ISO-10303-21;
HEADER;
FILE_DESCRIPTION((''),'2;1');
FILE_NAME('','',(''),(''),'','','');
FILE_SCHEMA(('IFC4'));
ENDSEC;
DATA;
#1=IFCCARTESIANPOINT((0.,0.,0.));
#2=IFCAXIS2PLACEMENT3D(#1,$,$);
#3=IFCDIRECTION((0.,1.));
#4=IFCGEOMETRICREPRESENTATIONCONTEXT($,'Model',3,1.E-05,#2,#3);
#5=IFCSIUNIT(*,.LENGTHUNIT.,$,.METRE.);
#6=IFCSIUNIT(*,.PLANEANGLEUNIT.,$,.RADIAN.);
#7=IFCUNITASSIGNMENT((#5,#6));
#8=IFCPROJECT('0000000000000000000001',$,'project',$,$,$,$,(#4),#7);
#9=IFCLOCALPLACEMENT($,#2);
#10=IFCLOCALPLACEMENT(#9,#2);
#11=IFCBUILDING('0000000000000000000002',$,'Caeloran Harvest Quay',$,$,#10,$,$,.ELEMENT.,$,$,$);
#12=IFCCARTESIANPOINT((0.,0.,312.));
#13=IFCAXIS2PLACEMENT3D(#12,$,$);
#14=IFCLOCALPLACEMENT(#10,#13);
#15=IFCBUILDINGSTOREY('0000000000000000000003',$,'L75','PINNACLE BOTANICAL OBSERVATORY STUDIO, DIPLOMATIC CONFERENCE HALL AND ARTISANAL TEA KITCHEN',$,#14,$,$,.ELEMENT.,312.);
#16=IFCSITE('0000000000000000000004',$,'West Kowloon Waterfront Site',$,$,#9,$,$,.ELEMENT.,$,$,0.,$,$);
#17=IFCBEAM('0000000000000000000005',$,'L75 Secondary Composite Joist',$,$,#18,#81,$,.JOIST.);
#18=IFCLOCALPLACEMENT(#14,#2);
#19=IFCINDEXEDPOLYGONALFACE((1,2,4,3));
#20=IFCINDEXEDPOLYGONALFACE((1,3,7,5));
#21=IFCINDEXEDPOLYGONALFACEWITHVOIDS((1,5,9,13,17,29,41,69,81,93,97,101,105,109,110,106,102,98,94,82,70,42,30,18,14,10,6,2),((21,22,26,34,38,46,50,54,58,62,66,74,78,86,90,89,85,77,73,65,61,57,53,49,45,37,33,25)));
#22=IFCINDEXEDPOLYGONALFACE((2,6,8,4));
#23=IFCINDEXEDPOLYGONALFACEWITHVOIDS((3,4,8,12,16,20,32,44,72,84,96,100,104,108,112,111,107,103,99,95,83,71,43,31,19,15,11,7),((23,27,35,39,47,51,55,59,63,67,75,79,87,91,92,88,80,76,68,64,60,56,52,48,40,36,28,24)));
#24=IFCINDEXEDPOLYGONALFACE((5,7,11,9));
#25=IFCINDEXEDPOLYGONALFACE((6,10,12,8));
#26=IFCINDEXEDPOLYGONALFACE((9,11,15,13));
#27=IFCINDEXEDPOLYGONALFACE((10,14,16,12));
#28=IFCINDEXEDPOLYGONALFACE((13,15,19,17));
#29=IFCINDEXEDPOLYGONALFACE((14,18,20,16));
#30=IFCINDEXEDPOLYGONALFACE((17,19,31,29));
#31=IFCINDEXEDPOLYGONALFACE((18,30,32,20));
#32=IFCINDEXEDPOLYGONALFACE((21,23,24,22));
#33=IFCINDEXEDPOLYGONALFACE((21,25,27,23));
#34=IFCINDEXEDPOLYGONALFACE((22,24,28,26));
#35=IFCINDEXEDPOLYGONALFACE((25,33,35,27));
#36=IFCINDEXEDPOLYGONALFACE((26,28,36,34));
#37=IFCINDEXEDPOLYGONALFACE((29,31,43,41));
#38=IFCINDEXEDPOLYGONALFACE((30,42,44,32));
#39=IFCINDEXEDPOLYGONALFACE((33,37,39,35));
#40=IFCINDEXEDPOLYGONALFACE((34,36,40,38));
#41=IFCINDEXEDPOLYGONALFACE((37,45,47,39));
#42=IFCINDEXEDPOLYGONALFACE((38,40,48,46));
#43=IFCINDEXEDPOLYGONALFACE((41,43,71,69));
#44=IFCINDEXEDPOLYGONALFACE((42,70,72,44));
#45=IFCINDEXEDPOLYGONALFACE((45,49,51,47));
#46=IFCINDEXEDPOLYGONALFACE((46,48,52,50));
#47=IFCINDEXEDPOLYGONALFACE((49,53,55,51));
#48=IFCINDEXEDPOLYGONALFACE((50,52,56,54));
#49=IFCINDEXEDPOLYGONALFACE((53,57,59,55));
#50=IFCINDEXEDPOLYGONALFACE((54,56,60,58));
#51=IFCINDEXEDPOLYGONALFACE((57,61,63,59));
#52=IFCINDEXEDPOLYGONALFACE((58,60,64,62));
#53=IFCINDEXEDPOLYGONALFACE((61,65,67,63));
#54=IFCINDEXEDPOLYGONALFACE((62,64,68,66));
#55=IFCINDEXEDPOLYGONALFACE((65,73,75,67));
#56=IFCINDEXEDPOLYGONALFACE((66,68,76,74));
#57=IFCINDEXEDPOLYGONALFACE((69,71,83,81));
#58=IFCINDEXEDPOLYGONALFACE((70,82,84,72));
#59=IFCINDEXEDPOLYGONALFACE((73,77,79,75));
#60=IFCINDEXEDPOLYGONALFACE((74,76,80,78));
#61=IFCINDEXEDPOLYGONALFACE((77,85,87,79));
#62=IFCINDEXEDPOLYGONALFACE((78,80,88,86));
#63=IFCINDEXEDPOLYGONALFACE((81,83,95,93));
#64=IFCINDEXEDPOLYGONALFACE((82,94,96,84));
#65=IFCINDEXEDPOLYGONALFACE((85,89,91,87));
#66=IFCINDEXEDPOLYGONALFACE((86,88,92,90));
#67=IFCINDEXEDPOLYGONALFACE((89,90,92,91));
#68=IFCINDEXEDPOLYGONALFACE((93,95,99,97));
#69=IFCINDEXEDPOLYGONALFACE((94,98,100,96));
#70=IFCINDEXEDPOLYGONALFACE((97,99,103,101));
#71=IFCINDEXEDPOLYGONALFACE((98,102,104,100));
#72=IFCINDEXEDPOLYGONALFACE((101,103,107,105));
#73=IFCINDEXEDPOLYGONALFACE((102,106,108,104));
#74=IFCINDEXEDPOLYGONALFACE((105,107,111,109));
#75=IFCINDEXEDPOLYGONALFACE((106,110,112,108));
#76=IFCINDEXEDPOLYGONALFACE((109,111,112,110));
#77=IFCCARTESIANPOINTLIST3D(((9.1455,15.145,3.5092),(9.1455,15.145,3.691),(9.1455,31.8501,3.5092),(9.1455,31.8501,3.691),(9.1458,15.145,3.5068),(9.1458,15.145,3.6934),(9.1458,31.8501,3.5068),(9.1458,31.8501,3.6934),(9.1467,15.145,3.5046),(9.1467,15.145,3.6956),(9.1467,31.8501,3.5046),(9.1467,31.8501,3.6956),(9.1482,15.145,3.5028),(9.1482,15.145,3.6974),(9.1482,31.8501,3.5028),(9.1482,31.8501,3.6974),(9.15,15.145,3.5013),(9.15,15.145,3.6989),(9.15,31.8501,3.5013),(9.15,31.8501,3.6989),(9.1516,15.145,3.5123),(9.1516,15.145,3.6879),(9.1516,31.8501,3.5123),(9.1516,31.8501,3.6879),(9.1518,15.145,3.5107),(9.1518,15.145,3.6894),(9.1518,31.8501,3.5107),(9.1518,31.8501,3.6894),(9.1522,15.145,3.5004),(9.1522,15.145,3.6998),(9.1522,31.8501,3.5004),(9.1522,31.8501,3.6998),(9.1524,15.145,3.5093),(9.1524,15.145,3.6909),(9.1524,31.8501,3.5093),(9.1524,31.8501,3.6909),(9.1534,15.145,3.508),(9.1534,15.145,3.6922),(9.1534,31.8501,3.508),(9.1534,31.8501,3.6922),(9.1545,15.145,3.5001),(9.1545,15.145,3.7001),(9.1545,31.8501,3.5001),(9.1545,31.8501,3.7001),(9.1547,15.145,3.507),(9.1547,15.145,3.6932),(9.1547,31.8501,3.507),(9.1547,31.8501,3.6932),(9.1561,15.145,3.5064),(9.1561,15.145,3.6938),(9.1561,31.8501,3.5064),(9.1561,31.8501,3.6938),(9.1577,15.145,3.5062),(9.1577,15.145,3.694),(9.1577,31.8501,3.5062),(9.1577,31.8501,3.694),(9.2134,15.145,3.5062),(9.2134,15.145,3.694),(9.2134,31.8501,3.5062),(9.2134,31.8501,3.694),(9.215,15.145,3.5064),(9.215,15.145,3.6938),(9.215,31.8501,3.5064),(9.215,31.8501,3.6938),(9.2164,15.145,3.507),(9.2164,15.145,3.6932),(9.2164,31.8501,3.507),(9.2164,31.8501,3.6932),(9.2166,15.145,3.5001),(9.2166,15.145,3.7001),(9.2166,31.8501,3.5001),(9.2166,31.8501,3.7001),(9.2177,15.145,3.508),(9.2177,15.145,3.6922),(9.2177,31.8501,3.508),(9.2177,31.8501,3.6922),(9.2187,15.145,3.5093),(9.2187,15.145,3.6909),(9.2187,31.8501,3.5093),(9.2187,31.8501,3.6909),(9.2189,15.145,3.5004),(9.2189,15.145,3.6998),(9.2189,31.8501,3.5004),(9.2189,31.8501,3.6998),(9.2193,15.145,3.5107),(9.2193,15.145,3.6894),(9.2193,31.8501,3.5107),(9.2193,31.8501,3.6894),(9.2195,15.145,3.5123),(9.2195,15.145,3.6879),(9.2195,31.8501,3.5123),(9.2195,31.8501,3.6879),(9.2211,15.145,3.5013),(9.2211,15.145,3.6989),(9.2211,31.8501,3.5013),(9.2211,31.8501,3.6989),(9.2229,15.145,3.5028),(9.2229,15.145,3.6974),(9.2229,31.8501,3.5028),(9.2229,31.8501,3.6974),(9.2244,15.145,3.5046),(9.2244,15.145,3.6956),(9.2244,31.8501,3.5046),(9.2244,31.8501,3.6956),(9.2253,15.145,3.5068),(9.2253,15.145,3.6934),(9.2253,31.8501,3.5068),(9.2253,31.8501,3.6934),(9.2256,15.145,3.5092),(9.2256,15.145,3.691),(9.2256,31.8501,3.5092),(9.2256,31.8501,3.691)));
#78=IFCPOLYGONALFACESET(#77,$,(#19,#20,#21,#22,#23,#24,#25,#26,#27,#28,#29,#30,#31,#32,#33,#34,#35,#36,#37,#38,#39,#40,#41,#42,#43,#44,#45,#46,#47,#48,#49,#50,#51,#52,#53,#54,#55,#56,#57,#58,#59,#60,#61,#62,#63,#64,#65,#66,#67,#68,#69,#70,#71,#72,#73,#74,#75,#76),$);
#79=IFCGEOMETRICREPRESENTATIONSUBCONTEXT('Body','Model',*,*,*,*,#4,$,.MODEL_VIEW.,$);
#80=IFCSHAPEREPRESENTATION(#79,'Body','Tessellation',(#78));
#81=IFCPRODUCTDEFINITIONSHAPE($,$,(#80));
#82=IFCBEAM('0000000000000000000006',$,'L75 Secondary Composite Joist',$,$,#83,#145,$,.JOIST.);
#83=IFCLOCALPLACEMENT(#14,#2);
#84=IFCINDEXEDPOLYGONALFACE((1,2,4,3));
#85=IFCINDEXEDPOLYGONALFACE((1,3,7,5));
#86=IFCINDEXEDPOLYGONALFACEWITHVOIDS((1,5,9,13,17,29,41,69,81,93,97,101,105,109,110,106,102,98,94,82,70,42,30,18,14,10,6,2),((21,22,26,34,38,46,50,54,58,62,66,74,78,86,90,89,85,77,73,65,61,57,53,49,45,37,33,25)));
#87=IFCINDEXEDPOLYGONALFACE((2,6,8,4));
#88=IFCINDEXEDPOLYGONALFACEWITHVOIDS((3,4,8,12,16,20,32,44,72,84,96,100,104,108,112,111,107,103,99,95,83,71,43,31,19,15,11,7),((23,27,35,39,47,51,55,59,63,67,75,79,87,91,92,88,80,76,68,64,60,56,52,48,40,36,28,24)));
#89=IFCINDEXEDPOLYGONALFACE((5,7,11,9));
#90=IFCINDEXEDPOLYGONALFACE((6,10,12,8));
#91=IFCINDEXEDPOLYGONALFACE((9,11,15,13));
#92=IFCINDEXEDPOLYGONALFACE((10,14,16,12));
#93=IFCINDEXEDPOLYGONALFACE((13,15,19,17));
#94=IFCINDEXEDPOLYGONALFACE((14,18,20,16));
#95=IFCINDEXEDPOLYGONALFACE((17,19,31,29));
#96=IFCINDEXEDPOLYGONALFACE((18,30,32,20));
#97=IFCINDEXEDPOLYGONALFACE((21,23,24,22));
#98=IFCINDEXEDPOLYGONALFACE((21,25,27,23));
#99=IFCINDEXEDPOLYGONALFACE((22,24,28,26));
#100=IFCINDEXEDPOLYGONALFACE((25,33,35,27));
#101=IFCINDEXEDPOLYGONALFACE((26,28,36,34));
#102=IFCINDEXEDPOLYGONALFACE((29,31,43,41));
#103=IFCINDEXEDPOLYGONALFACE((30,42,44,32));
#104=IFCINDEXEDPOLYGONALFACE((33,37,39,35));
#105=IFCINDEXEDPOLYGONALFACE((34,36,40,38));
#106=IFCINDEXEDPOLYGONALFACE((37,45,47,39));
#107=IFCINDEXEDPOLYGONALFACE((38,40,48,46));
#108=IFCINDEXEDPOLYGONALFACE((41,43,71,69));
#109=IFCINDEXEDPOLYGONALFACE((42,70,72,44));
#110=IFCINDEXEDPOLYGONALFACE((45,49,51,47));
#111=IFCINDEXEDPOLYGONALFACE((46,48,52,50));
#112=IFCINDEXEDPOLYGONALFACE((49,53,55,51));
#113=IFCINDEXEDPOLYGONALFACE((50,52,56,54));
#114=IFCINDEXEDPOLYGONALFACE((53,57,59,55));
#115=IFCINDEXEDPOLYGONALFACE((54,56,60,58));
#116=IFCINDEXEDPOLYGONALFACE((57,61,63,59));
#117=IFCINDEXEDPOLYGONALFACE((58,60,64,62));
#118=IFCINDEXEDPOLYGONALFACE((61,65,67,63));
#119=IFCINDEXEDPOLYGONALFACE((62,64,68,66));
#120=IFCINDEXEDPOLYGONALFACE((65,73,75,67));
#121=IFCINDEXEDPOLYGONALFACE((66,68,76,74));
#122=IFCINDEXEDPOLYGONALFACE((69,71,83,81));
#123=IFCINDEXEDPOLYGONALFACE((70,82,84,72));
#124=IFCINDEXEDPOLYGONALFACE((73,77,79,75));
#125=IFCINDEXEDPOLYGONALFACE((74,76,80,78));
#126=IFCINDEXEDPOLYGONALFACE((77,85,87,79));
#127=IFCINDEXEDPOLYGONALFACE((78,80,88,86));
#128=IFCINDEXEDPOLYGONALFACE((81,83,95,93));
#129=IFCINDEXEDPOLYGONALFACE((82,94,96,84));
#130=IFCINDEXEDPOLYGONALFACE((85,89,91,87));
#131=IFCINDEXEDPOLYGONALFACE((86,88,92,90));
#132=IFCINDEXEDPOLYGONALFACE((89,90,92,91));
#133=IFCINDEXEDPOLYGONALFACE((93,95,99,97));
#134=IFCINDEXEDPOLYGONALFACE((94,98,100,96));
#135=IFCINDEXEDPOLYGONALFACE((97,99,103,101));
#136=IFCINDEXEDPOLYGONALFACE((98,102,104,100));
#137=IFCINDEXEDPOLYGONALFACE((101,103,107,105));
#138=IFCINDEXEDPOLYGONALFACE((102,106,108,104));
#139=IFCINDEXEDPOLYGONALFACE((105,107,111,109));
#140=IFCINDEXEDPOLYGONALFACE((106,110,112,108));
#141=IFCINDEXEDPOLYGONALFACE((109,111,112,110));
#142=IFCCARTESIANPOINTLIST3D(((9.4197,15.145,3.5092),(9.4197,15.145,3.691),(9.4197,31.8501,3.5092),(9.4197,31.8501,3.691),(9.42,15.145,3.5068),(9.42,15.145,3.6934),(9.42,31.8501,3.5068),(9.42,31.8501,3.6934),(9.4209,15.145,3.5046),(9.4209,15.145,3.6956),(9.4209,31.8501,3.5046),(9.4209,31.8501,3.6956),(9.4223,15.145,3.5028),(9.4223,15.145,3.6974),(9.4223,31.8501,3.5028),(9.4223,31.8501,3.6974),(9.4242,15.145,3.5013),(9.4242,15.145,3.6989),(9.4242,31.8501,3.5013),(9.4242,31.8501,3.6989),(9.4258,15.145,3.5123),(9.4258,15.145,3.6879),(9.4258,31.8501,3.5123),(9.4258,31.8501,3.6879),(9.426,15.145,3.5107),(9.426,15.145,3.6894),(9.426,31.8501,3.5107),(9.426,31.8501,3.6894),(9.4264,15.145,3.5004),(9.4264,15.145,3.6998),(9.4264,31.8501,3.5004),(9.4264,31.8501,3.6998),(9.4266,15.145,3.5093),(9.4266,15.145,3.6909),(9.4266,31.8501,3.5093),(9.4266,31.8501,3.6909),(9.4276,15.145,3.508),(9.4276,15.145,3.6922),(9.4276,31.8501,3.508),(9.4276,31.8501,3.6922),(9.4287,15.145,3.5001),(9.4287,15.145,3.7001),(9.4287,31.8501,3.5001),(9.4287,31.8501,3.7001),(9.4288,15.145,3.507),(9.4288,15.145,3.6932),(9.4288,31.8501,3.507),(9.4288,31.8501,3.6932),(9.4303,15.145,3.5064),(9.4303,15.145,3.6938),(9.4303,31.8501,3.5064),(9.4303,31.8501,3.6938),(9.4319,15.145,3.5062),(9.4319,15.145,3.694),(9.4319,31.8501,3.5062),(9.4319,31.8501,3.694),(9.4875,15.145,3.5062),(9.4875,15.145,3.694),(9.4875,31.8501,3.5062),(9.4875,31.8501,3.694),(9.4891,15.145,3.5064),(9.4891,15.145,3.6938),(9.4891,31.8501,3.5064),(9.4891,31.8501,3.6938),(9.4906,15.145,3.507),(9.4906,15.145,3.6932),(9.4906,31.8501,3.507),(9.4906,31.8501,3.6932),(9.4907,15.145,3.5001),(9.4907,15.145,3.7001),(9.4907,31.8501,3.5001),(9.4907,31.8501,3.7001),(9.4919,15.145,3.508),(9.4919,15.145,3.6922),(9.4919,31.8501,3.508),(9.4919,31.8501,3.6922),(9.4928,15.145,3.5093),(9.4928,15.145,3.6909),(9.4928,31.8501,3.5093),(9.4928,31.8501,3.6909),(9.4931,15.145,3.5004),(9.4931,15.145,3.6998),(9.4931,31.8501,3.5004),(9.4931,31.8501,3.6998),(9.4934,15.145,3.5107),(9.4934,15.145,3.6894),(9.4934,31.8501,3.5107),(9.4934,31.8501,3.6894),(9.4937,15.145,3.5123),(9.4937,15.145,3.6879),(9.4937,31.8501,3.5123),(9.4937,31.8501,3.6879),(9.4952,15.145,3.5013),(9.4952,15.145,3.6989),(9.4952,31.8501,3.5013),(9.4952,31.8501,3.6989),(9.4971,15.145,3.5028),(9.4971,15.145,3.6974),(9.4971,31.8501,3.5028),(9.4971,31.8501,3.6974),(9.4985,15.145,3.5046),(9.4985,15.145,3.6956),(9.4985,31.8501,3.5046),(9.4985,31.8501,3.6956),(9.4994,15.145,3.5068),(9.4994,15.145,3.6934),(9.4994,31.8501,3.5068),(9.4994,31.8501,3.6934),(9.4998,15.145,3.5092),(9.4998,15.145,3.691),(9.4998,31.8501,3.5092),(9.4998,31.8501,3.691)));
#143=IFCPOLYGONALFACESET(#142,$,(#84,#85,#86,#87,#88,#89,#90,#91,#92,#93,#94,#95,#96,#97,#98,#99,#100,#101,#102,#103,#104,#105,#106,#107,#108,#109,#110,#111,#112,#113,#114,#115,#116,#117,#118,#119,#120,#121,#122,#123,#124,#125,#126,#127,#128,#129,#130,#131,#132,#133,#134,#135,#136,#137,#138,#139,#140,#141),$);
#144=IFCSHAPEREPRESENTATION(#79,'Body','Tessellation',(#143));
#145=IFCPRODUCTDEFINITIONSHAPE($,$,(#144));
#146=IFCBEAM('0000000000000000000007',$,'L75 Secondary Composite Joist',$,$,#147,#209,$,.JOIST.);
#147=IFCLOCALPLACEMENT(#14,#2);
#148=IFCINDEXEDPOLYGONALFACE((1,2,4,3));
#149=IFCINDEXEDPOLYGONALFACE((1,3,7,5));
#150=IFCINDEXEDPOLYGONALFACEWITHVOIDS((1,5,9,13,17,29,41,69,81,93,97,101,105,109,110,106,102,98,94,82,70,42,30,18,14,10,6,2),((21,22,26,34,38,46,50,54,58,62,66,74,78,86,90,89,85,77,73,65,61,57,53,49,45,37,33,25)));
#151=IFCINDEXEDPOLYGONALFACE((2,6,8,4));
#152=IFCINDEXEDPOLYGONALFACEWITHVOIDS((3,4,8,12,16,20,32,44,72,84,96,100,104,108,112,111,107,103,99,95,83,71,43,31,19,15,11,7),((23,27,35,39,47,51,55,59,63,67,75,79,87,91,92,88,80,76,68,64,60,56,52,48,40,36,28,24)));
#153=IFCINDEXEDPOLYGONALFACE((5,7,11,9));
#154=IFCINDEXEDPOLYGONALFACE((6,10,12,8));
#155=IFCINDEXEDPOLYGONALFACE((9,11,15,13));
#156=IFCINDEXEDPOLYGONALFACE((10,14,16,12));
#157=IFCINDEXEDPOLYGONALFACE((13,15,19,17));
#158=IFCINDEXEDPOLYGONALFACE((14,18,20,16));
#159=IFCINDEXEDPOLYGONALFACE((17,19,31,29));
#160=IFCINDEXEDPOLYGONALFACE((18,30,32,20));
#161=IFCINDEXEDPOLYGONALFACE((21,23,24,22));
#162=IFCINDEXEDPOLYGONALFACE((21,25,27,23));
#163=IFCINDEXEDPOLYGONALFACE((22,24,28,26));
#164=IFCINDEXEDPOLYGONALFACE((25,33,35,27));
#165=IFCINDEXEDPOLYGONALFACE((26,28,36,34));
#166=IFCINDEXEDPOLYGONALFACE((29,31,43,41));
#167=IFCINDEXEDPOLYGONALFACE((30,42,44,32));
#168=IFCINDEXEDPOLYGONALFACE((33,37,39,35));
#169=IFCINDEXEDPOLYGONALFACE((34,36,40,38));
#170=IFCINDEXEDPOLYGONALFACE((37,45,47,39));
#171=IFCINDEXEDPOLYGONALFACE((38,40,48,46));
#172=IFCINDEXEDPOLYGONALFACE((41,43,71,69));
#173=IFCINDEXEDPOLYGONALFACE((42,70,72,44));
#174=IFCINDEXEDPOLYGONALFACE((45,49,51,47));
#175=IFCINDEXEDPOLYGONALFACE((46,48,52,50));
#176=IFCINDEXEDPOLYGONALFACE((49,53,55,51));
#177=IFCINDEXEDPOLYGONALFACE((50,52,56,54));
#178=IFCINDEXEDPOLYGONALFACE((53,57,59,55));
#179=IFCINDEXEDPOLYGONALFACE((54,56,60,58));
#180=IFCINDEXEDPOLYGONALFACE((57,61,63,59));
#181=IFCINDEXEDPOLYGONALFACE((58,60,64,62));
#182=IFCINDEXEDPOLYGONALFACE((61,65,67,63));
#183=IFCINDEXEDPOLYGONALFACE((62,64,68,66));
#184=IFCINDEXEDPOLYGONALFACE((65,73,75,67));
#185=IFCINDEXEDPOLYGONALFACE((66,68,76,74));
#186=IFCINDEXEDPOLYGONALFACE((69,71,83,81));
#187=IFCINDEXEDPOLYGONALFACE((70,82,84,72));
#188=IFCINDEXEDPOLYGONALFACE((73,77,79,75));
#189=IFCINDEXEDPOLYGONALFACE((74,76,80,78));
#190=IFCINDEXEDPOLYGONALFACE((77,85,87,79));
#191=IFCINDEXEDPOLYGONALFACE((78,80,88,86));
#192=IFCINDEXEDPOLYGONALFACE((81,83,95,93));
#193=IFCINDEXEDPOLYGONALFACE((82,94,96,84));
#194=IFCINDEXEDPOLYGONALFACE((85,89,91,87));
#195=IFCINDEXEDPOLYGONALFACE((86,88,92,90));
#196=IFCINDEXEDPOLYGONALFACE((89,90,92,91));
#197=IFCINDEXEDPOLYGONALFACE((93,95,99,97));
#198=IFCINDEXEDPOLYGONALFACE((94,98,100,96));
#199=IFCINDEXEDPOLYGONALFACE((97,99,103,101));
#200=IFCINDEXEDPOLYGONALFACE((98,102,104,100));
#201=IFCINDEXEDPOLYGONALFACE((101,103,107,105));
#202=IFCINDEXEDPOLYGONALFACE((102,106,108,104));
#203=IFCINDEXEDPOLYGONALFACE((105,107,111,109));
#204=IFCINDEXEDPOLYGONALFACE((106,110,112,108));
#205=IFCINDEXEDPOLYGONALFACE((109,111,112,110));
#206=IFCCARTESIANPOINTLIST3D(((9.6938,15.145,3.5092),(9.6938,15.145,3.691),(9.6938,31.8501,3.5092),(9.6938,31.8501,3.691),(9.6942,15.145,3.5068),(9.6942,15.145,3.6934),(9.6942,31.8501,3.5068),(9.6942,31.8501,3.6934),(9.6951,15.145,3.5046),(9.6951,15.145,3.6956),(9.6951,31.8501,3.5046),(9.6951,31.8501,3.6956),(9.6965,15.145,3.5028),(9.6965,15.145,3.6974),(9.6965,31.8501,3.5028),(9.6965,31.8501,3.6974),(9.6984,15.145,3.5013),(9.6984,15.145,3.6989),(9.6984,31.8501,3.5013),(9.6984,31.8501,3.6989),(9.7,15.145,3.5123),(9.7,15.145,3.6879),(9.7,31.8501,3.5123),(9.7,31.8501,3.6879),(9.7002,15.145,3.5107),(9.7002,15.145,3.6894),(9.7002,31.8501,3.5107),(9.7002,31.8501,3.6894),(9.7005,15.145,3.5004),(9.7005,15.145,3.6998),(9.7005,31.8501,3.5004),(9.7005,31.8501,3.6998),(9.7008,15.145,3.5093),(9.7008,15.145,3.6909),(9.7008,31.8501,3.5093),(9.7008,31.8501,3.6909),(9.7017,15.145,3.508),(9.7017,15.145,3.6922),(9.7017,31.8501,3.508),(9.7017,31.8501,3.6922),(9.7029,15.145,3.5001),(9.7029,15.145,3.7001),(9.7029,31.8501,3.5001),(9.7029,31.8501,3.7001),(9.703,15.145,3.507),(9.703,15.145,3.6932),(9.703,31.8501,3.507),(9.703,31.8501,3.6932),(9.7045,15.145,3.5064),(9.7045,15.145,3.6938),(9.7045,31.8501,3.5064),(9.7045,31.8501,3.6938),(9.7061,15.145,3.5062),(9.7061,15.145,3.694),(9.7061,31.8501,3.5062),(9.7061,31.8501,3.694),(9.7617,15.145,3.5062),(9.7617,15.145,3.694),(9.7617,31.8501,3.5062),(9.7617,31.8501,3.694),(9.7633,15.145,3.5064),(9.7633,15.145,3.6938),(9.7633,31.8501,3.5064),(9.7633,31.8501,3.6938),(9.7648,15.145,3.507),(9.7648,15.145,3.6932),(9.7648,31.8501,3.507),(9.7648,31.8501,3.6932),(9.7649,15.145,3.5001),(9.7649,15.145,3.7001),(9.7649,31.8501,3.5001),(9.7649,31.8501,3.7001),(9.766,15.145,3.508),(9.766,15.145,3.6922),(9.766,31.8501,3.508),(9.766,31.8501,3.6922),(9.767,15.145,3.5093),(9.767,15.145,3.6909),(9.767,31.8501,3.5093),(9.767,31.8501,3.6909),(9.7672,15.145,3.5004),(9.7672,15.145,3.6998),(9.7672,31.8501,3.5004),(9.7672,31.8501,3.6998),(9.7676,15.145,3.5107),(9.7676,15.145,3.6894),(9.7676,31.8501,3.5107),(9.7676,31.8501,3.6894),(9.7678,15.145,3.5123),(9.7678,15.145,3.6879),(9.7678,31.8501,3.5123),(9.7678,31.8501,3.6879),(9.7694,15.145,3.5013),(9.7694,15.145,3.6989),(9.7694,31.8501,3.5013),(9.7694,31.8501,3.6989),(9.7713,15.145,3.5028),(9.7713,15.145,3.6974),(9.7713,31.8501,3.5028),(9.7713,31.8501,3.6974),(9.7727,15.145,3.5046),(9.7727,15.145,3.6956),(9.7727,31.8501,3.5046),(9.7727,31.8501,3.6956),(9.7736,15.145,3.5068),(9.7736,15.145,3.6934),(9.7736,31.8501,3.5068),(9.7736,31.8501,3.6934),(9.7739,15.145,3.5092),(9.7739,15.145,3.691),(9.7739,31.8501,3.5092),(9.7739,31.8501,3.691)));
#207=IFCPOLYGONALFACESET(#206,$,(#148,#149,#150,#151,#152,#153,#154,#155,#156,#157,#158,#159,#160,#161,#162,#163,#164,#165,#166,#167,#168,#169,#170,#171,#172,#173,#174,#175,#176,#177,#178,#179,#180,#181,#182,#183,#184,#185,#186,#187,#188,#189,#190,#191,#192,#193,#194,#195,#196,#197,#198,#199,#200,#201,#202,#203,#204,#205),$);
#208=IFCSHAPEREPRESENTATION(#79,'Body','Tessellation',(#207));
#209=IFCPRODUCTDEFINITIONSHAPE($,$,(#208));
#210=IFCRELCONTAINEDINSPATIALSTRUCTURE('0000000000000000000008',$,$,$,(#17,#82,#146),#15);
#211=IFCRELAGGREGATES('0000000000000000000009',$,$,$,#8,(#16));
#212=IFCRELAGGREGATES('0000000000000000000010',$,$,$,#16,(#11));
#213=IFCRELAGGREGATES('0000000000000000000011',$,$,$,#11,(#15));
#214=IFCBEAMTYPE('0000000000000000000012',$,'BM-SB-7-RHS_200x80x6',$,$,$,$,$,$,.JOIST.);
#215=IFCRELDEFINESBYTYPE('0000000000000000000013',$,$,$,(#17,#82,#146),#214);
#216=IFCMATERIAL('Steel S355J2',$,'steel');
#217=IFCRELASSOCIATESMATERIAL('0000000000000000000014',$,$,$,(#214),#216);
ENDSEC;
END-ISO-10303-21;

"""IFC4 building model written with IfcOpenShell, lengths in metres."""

from ifc_helpers import new_model, si_unit, direction, frame, origin, origin_2d, place, context, subcontext, project, spatial, hollow_rectangle, extrude, material, material_profile, profile_set, type_object, element, save


model = new_model("IFC4")

# Units and contexts
model_context = context("Model", 3, precision=1e-05, world=origin(), true_north=direction((0.0, 1.0)))
body_context = subcontext(model_context, "Body", "Model", "MODEL_VIEW")
ifc_project = project(units=[si_unit("LENGTHUNIT", "METRE"), si_unit("PLANEANGLEUNIT", "RADIAN")], contexts=[model_context])

# Site, building, storey
site_placement = place(None, origin())
site = spatial("IfcSite", under=ifc_project, at=site_placement, Name="West Kowloon Waterfront Site", CompositionType="ELEMENT", RefElevation=0.0)
building_placement = place(site_placement, origin())
building = spatial("IfcBuilding", under=site, at=building_placement, Name="Caeloran Harvest Quay", CompositionType="ELEMENT")
storey_placement = place(building_placement, frame((0.0, 0.0, 312.0)))
storey = spatial("IfcBuildingStorey", under=building, at=storey_placement, Name="L75", Description="PINNACLE BOTANICAL OBSERVATORY STUDIO, DIPLOMATIC CONFERENCE HALL AND ARTISANAL TEA KITCHEN", CompositionType="ELEMENT", Elevation=312.0)

# Beams
ifc_material_1 = material(Name="Steel S355J2", Category="steel")
ifc_material_profile_1 = material_profile(ifc_material_1, hollow_rectangle(XDim=0.0801, YDim=0.2, WallThickness=0.0061, InnerFilletRadius=0.0061, OuterFilletRadius=0.009, at=origin_2d()), Name="RHS 200x80x6")
ifc_profile_set_1 = profile_set([ifc_material_profile_1], Name="Steel S355J2")
beam_type_1 = type_object("IfcBeamType", Name="BM-SB-7-RHS_200x80x6", PredefinedType="JOIST", material=ifc_profile_set_1)
for number, where, z_axis, x_axis, name in (
    (1, (9.1855, 15.145, 3.6001), (0.0, 1.0, 0.0), (-1.0, 0.0, 0.0), "L75 Secondary Composite Joist"),
    (2, (9.4597, 15.145, 3.6001), (0.0, 1.0, 0.0), (-1.0, 0.0, 0.0), "L75 Secondary Composite Joist"),
    (3, (9.7339, 15.145, 3.6001), (0.0, 1.0, 0.0), (-1.0, 0.0, 0.0), "L75 Secondary Composite Joist"),
):
    element("IfcBeam", number, at=place(storey_placement, frame(where, z_axis=z_axis, x_axis=x_axis)), inside=storey, type_object=beam_type_1, Name=name, PredefinedType="JOIST", context=body_context, shape_type="SweptSolid", body=[
        extrude(hollow_rectangle(XDim=0.0801, YDim=0.2, WallThickness=0.0061, InnerFilletRadius=0.0061, OuterFilletRadius=0.009, at=origin_2d()), origin(), (0.0, 0.0, 1.0), 16.7051),
    ])

save(model, "model.ifc")
